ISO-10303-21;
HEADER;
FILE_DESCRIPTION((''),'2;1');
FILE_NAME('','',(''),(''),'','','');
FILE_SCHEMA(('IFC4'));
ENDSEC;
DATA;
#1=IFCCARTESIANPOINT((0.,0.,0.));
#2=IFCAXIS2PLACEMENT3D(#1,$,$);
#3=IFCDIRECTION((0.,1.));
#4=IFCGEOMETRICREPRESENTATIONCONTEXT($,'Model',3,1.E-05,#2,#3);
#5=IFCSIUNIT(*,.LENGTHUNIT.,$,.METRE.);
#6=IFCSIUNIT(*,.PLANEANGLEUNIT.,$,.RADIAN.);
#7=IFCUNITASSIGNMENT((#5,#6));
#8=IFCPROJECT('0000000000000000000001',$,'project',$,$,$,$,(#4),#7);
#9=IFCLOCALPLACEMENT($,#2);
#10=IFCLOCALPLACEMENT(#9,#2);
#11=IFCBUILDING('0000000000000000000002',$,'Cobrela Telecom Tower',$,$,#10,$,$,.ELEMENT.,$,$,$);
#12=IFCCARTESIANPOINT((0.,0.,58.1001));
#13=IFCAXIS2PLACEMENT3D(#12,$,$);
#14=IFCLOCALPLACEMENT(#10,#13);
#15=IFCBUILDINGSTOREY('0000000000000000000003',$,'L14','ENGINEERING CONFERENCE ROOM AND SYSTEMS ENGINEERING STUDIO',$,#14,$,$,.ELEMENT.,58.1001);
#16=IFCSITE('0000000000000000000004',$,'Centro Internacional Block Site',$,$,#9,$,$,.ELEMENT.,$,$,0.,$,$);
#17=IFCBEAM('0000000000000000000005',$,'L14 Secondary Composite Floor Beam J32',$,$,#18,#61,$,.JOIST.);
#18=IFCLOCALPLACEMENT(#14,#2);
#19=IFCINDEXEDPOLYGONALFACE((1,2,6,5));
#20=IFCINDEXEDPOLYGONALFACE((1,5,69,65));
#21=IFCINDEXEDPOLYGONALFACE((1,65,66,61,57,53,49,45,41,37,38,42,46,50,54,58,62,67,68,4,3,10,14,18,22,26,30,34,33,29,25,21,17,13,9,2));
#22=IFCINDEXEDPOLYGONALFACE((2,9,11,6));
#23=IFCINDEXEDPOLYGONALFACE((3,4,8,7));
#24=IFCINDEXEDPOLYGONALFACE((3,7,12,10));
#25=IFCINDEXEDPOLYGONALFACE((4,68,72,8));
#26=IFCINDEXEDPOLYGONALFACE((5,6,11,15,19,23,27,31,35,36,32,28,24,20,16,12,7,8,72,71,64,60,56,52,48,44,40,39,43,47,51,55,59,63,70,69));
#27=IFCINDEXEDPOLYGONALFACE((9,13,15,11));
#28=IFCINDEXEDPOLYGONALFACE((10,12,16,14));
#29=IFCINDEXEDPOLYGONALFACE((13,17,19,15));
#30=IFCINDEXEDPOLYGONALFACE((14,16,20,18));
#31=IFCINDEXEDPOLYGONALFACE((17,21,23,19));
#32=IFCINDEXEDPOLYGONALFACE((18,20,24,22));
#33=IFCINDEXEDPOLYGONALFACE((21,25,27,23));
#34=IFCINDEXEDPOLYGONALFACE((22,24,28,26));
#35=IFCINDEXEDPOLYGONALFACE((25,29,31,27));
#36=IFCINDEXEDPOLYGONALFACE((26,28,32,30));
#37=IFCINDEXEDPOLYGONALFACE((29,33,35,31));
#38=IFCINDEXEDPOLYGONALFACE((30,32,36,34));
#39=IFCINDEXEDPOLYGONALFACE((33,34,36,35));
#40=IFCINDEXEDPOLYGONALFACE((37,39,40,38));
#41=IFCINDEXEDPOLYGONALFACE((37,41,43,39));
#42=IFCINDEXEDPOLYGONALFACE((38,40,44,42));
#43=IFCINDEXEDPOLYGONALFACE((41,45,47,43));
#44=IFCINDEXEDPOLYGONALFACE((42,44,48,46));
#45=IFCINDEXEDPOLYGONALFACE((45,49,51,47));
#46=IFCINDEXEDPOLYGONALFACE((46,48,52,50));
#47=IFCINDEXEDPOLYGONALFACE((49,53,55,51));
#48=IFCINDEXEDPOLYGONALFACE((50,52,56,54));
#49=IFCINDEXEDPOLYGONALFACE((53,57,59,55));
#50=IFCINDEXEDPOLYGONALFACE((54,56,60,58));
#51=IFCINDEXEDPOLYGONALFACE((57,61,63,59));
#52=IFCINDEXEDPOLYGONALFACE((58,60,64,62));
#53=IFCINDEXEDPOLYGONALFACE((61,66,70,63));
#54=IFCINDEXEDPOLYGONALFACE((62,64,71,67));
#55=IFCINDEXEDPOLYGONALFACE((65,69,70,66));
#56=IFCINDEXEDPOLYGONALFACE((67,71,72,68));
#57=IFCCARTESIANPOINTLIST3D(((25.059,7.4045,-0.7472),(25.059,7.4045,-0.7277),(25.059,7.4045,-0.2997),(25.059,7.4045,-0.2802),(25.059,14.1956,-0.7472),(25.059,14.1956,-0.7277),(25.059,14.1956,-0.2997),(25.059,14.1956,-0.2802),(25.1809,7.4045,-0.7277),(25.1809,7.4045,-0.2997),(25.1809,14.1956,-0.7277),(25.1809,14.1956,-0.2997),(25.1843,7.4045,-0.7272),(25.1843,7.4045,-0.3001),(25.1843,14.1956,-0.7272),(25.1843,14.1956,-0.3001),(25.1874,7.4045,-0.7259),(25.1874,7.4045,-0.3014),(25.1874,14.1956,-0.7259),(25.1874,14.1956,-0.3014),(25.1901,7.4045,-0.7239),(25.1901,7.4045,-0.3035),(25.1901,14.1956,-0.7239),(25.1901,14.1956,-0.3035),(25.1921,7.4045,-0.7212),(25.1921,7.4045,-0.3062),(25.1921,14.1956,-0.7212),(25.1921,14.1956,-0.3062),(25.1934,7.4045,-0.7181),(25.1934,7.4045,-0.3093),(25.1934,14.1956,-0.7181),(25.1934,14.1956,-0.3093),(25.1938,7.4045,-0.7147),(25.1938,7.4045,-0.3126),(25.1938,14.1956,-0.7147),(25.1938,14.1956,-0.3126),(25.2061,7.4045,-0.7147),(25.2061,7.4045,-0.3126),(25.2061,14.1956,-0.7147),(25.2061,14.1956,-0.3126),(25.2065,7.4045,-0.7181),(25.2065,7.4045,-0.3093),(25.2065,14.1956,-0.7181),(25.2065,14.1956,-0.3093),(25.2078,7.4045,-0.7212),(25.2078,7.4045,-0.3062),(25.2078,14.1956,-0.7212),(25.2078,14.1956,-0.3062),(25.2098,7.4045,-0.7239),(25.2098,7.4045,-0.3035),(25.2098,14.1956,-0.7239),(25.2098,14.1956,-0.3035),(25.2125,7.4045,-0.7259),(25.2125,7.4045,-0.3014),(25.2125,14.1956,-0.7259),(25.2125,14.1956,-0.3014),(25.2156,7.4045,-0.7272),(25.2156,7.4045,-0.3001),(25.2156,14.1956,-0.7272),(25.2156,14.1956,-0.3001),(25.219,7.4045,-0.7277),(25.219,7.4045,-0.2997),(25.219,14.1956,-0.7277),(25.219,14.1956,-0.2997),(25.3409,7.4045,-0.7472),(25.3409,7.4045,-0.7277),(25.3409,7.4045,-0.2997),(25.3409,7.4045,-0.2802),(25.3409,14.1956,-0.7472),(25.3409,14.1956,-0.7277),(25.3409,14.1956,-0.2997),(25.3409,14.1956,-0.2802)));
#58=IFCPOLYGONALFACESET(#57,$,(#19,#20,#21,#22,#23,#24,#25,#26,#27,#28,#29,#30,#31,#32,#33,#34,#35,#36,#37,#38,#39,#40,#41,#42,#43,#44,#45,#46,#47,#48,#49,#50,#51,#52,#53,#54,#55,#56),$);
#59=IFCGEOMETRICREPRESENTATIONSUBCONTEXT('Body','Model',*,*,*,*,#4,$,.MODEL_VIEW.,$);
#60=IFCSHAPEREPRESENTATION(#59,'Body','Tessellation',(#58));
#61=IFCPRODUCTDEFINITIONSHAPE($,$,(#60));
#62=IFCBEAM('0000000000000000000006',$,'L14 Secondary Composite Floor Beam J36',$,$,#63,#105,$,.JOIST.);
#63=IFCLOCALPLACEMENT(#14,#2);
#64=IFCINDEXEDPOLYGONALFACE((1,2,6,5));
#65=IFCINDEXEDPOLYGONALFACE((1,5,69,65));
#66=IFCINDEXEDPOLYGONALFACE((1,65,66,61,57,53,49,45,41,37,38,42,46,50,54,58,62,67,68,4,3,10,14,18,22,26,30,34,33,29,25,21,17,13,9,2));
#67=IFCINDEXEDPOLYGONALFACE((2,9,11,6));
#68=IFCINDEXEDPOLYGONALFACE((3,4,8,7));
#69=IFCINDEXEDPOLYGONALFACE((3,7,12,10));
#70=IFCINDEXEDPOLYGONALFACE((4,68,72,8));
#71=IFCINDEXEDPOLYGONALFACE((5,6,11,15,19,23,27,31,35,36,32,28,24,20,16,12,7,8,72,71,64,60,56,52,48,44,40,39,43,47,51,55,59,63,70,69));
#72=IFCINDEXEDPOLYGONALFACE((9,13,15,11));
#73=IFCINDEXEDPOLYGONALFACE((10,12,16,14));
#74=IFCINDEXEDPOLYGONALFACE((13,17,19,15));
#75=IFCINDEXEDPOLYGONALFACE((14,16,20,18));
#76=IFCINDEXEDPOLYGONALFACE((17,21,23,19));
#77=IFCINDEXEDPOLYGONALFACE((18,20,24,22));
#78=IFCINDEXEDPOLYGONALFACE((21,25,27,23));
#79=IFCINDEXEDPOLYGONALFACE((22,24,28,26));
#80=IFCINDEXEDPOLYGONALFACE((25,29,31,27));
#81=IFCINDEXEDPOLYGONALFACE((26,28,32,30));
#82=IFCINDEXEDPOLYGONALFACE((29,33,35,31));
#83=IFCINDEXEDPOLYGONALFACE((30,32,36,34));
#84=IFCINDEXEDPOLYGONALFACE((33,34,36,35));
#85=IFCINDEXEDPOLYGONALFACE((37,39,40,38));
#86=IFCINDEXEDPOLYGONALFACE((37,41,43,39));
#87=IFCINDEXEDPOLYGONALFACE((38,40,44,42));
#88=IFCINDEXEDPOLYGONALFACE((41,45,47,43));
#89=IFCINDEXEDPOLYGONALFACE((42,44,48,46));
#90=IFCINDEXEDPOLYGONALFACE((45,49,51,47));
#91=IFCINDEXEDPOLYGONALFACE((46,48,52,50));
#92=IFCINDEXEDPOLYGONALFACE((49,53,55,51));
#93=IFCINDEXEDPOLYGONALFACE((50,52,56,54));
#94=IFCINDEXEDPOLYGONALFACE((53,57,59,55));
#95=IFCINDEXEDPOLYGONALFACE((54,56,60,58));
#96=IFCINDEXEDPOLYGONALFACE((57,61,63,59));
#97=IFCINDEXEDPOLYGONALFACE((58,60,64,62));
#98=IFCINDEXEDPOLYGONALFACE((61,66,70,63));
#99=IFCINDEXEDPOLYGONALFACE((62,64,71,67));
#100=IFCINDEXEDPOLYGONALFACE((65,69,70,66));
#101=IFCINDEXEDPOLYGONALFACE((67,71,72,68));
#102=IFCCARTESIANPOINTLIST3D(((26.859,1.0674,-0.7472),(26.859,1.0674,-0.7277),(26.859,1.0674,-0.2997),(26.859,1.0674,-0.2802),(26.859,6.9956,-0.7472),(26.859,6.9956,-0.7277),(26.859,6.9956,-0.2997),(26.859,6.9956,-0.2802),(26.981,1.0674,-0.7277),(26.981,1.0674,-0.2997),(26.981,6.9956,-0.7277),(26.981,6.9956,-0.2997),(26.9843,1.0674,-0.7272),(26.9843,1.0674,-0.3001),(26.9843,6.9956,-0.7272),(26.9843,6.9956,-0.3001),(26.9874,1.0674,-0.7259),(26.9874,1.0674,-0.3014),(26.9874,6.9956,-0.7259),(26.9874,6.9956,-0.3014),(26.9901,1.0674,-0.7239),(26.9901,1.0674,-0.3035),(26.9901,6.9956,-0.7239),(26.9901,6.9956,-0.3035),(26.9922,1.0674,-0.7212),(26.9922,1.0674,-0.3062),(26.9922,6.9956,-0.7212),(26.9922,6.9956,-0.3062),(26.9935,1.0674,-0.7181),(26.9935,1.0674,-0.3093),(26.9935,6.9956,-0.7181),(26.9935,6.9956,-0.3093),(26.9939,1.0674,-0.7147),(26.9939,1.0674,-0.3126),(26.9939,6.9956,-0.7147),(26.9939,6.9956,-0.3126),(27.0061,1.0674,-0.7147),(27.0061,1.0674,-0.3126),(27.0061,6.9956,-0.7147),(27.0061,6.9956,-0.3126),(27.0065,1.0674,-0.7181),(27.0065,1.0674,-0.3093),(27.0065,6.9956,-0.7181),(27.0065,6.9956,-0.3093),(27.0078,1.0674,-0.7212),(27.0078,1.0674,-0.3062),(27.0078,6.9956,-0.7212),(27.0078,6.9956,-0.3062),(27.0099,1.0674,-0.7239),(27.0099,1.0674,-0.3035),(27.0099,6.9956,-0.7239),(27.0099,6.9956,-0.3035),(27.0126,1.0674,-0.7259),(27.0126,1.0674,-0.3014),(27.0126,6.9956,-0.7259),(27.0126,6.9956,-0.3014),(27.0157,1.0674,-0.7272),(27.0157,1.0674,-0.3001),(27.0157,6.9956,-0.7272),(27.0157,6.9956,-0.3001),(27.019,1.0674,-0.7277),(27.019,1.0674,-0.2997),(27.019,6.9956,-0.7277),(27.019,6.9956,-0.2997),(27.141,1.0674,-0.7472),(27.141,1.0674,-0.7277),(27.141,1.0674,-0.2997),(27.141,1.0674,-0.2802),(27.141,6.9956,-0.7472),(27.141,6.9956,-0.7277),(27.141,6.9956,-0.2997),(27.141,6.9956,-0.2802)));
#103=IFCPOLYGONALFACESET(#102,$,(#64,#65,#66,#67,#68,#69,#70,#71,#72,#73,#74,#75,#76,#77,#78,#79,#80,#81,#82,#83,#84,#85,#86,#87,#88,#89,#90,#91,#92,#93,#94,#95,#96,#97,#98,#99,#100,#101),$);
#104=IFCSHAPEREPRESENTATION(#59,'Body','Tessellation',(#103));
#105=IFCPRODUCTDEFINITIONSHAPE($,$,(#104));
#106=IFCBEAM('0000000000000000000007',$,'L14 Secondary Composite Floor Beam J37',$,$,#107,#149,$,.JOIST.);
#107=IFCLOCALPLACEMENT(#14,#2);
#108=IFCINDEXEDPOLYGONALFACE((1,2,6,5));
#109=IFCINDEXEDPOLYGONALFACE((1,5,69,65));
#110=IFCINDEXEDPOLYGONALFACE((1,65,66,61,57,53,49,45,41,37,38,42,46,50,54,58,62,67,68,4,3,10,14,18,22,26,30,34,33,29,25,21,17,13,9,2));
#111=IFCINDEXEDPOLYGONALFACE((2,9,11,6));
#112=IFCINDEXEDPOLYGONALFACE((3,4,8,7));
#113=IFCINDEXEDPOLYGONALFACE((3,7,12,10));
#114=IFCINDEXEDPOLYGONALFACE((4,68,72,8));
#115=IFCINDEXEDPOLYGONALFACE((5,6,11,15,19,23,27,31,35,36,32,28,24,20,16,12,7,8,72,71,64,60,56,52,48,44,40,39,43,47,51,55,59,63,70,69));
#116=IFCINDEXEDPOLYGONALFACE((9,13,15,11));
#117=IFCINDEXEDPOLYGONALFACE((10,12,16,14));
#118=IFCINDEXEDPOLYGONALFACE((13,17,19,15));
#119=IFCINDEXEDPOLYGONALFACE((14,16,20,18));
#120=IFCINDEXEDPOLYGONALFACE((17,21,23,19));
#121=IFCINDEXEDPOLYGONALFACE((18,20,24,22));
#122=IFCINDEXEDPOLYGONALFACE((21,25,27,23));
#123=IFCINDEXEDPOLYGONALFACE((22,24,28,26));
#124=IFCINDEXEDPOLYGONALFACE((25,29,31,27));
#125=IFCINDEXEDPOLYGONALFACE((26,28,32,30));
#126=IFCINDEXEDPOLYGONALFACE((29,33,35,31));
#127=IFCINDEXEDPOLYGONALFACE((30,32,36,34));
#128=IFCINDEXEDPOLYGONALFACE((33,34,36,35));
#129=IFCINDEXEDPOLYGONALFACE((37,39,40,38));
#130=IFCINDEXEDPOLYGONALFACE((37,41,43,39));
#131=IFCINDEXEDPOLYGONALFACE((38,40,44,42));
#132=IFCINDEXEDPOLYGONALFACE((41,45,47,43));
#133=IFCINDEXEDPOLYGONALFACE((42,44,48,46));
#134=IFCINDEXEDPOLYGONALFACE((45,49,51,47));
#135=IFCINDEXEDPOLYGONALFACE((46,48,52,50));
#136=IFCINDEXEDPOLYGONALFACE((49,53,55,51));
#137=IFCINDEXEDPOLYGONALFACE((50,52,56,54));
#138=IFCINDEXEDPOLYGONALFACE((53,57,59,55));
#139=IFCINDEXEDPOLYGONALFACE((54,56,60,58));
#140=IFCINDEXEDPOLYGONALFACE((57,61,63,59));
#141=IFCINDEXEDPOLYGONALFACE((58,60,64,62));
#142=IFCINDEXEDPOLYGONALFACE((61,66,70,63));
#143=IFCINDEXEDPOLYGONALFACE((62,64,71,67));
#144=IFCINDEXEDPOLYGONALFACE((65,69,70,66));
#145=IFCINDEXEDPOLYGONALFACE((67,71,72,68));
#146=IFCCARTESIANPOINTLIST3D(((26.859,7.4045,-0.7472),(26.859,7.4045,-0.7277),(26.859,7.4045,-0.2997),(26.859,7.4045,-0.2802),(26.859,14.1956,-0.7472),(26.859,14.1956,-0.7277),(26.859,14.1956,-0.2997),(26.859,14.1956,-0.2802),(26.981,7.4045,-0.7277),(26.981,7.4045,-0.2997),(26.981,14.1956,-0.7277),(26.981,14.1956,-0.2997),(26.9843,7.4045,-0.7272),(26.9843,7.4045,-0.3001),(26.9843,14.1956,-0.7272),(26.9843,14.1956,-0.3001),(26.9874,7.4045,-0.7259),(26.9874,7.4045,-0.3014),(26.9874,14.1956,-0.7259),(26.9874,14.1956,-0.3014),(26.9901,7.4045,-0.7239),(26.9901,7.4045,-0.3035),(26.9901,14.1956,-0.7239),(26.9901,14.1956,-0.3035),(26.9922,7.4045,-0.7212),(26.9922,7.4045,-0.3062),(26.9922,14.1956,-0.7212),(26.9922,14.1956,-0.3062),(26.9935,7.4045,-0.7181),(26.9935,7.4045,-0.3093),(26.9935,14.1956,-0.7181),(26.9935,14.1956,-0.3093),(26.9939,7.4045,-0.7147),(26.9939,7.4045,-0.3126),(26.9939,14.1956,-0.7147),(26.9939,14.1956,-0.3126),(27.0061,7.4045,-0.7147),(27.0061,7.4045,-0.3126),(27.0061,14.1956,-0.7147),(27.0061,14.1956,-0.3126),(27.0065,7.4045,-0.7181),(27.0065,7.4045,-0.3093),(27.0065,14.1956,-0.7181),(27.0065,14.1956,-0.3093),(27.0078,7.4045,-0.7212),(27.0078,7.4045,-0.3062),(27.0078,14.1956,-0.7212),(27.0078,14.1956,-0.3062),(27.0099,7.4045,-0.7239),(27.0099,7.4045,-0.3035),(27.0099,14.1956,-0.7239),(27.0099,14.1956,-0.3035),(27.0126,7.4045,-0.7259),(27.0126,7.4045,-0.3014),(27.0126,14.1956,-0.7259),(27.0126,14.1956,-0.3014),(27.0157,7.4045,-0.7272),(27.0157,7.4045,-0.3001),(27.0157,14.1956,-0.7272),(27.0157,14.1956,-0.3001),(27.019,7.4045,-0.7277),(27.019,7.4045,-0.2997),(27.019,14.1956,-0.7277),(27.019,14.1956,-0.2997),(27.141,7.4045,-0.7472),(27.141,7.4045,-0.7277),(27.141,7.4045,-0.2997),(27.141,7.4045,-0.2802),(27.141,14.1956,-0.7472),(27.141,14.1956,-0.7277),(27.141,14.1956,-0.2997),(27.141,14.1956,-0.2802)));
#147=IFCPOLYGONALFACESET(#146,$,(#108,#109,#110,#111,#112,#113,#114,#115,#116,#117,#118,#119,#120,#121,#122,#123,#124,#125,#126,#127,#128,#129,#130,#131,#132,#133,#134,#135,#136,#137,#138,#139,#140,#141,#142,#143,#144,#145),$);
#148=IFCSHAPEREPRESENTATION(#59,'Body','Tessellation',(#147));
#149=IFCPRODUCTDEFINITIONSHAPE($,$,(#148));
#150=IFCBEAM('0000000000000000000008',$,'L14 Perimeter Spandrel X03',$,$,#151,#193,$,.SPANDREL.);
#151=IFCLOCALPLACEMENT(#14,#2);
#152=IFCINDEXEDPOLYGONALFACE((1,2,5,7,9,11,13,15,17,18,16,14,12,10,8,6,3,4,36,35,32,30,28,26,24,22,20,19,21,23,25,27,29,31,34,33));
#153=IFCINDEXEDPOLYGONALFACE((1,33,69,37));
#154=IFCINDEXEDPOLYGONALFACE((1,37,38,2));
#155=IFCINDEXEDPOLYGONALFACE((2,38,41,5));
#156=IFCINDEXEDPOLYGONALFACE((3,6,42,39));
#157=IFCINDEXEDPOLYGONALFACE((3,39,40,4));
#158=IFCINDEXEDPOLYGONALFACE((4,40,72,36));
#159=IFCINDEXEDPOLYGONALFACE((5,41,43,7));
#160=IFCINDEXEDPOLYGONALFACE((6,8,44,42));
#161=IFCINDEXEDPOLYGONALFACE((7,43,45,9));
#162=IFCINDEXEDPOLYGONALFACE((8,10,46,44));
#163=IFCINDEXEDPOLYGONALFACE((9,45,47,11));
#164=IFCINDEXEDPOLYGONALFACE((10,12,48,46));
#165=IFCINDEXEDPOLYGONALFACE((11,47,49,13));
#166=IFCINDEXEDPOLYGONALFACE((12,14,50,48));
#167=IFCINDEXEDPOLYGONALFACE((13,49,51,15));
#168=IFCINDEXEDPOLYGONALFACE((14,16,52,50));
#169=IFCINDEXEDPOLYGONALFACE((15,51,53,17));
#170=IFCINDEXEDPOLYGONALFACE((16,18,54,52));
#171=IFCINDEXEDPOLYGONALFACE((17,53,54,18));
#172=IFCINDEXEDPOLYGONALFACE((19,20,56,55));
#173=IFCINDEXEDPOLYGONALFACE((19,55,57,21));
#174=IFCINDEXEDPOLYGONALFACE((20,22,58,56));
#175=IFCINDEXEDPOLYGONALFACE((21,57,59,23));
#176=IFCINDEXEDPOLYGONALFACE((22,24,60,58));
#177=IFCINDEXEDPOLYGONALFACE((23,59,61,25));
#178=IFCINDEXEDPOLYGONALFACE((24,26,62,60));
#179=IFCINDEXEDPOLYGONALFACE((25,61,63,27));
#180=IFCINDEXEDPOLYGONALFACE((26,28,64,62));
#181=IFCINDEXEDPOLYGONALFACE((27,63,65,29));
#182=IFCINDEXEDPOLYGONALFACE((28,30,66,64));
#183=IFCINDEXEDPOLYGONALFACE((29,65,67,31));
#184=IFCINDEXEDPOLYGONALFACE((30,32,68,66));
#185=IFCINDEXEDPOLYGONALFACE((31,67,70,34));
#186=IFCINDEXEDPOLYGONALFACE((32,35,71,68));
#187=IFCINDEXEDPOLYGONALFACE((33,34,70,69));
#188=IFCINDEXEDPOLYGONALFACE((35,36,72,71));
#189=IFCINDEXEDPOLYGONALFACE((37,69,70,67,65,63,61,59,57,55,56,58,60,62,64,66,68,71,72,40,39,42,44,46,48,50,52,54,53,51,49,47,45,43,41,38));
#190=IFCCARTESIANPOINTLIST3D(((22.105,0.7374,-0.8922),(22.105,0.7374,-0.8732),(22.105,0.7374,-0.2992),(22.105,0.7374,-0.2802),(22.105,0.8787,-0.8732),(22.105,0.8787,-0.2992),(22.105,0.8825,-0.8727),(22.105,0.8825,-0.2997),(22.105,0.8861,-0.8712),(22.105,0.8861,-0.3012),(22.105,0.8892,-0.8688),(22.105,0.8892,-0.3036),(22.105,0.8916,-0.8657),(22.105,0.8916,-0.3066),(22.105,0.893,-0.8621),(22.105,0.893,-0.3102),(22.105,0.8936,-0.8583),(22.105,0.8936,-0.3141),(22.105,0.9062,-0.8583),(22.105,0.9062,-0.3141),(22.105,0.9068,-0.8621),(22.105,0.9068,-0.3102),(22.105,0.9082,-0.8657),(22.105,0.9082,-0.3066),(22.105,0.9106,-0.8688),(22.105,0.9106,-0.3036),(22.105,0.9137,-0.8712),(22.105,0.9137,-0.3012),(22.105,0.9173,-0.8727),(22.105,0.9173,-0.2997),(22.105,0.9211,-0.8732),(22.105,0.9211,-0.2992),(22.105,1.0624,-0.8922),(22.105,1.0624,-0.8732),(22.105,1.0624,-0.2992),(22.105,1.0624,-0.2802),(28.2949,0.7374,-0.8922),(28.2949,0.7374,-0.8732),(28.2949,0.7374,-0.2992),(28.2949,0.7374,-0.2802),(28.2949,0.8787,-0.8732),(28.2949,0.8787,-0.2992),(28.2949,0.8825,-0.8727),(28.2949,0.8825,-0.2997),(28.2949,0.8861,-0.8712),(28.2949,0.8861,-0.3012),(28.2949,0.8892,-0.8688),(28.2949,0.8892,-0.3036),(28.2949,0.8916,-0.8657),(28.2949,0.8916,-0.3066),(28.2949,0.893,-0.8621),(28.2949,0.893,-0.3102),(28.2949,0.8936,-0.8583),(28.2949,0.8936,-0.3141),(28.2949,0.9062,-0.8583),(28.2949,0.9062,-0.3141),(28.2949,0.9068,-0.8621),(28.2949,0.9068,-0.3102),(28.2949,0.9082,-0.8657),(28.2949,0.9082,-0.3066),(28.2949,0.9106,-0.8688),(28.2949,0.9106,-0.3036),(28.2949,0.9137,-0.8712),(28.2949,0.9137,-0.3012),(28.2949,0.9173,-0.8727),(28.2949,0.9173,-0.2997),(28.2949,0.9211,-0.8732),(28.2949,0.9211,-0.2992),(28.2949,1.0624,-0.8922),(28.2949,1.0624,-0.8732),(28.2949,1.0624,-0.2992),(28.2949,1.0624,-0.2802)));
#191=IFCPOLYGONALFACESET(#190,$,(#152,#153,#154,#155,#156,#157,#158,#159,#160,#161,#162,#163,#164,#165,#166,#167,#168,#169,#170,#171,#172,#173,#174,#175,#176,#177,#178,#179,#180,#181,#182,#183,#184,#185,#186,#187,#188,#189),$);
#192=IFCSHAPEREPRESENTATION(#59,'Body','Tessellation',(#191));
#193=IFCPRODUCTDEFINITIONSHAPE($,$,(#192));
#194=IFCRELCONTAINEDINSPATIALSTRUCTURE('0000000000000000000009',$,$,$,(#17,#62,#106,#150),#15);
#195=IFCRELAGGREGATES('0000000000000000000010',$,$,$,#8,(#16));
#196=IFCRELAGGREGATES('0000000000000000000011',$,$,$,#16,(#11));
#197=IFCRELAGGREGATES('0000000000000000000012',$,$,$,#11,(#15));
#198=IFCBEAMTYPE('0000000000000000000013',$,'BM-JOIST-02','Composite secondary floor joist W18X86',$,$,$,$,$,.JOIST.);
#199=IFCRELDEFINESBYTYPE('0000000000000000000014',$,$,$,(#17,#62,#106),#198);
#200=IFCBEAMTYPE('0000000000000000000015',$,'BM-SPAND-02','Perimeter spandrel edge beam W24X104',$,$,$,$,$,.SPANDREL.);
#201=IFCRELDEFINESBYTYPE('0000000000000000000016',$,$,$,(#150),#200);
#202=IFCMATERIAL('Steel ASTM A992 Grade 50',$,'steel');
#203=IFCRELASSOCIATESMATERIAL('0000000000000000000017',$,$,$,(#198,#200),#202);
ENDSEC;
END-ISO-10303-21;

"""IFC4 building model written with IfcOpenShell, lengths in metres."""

from ifc_helpers import new_model, si_unit, direction, frame, origin, origin_2d, place, context, subcontext, project, spatial, i_section, extrude, material, material_profile, profile_set, type_object, element, save


model = new_model("IFC4")

# Units and contexts
model_context = context("Model", 3, precision=1e-05, world=origin(), true_north=direction((0.0, 1.0)))
body_context = subcontext(model_context, "Body", "Model", "MODEL_VIEW")
ifc_project = project(units=[si_unit("LENGTHUNIT", "METRE"), si_unit("PLANEANGLEUNIT", "RADIAN")], contexts=[model_context])

# Site, building, storey
site_placement = place(None, origin())
site = spatial("IfcSite", under=ifc_project, at=site_placement, Name="Centro Internacional Block Site", CompositionType="ELEMENT", RefElevation=0.0)
building_placement = place(site_placement, origin())
building = spatial("IfcBuilding", under=site, at=building_placement, Name="Cobrela Telecom Tower", CompositionType="ELEMENT")
storey_placement = place(building_placement, frame((0.0, 0.0, 58.1001)))
storey = spatial("IfcBuildingStorey", under=building, at=storey_placement, Name="L14", Description="ENGINEERING CONFERENCE ROOM AND SYSTEMS ENGINEERING STUDIO", CompositionType="ELEMENT", Elevation=58.1001)

# Shared definitions
ifc_material_1 = material(Name="Steel ASTM A992 Grade 50", Category="steel")

# Beams
ifc_material_profile_1 = material_profile(ifc_material_1, i_section(OverallWidth=0.282, OverallDepth=0.467, WebThickness=0.0122, FlangeThickness=0.0195, FilletRadius=0.0129, at=origin_2d()), Name="W18X86")
ifc_profile_set_1 = profile_set([ifc_material_profile_1], Name="Steel ASTM A992 Grade 50")
beam_type_1 = type_object("IfcBeamType", Name="BM-JOIST-02", Description="Composite secondary floor joist W18X86", PredefinedType="JOIST", material=ifc_profile_set_1)
beam_1_placement = place(storey_placement, frame((25.2, 7.4045, -0.5137), z_axis=(0.0, 1.0, 0.0), x_axis=(-1.0, 0.0, 0.0)))
element("IfcBeam", 1, at=beam_1_placement, inside=storey, type_object=beam_type_1, Name="L14 Secondary Composite Floor Beam J32", PredefinedType="JOIST", context=body_context, shape_type="SweptSolid", body=[
    extrude(i_section(OverallWidth=0.282, OverallDepth=0.467, WebThickness=0.0122, FlangeThickness=0.0195, FilletRadius=0.0129, at=origin_2d()), origin(), (0.0, 0.0, 1.0), 6.791),
])
beam_2_placement = place(storey_placement, frame((27.0, 1.0674, -0.5137), z_axis=(0.0, 1.0, 0.0), x_axis=(-1.0, 0.0, 0.0)))
element("IfcBeam", 2, at=beam_2_placement, inside=storey, type_object=beam_type_1, Name="L14 Secondary Composite Floor Beam J36", PredefinedType="JOIST", context=body_context, shape_type="SweptSolid", body=[
    extrude(i_section(OverallWidth=0.282, OverallDepth=0.467, WebThickness=0.0122, FlangeThickness=0.0195, FilletRadius=0.0129, at=origin_2d()), origin(), (0.0, 0.0, 1.0), 5.9282),
])
beam_3_placement = place(storey_placement, frame((27.0, 7.4045, -0.5137), z_axis=(0.0, 1.0, 0.0), x_axis=(-1.0, 0.0, 0.0)))
element("IfcBeam", 3, at=beam_3_placement, inside=storey, type_object=beam_type_1, Name="L14 Secondary Composite Floor Beam J37", PredefinedType="JOIST", context=body_context, shape_type="SweptSolid", body=[
    extrude(i_section(OverallWidth=0.282, OverallDepth=0.467, WebThickness=0.0122, FlangeThickness=0.0195, FilletRadius=0.0129, at=origin_2d()), origin(), (0.0, 0.0, 1.0), 6.791),
])
ifc_material_profile_2 = material_profile(ifc_material_1, i_section(OverallWidth=0.325, OverallDepth=0.6121, WebThickness=0.0127, FlangeThickness=0.019, FilletRadius=0.0149, at=origin_2d()), Name="W24X104")
ifc_profile_set_2 = profile_set([ifc_material_profile_2], Name="Steel ASTM A992 Grade 50")
beam_type_2 = type_object("IfcBeamType", Name="BM-SPAND-02", Description="Perimeter spandrel edge beam W24X104", PredefinedType="SPANDREL", material=ifc_profile_set_2)
beam_4_placement = place(storey_placement, frame((22.105, 0.8999, -0.5862), z_axis=(1.0, 0.0, 0.0), x_axis=(0.0, 1.0, 0.0)))
element("IfcBeam", 4, at=beam_4_placement, inside=storey, type_object=beam_type_2, Name="L14 Perimeter Spandrel X03", PredefinedType="SPANDREL", context=body_context, shape_type="SweptSolid", body=[
    extrude(i_section(OverallWidth=0.325, OverallDepth=0.6121, WebThickness=0.0127, FlangeThickness=0.019, FilletRadius=0.0149, at=origin_2d()), origin(), (0.0, 0.0, 1.0), 6.1899),
])

save(model, "model.ifc")
